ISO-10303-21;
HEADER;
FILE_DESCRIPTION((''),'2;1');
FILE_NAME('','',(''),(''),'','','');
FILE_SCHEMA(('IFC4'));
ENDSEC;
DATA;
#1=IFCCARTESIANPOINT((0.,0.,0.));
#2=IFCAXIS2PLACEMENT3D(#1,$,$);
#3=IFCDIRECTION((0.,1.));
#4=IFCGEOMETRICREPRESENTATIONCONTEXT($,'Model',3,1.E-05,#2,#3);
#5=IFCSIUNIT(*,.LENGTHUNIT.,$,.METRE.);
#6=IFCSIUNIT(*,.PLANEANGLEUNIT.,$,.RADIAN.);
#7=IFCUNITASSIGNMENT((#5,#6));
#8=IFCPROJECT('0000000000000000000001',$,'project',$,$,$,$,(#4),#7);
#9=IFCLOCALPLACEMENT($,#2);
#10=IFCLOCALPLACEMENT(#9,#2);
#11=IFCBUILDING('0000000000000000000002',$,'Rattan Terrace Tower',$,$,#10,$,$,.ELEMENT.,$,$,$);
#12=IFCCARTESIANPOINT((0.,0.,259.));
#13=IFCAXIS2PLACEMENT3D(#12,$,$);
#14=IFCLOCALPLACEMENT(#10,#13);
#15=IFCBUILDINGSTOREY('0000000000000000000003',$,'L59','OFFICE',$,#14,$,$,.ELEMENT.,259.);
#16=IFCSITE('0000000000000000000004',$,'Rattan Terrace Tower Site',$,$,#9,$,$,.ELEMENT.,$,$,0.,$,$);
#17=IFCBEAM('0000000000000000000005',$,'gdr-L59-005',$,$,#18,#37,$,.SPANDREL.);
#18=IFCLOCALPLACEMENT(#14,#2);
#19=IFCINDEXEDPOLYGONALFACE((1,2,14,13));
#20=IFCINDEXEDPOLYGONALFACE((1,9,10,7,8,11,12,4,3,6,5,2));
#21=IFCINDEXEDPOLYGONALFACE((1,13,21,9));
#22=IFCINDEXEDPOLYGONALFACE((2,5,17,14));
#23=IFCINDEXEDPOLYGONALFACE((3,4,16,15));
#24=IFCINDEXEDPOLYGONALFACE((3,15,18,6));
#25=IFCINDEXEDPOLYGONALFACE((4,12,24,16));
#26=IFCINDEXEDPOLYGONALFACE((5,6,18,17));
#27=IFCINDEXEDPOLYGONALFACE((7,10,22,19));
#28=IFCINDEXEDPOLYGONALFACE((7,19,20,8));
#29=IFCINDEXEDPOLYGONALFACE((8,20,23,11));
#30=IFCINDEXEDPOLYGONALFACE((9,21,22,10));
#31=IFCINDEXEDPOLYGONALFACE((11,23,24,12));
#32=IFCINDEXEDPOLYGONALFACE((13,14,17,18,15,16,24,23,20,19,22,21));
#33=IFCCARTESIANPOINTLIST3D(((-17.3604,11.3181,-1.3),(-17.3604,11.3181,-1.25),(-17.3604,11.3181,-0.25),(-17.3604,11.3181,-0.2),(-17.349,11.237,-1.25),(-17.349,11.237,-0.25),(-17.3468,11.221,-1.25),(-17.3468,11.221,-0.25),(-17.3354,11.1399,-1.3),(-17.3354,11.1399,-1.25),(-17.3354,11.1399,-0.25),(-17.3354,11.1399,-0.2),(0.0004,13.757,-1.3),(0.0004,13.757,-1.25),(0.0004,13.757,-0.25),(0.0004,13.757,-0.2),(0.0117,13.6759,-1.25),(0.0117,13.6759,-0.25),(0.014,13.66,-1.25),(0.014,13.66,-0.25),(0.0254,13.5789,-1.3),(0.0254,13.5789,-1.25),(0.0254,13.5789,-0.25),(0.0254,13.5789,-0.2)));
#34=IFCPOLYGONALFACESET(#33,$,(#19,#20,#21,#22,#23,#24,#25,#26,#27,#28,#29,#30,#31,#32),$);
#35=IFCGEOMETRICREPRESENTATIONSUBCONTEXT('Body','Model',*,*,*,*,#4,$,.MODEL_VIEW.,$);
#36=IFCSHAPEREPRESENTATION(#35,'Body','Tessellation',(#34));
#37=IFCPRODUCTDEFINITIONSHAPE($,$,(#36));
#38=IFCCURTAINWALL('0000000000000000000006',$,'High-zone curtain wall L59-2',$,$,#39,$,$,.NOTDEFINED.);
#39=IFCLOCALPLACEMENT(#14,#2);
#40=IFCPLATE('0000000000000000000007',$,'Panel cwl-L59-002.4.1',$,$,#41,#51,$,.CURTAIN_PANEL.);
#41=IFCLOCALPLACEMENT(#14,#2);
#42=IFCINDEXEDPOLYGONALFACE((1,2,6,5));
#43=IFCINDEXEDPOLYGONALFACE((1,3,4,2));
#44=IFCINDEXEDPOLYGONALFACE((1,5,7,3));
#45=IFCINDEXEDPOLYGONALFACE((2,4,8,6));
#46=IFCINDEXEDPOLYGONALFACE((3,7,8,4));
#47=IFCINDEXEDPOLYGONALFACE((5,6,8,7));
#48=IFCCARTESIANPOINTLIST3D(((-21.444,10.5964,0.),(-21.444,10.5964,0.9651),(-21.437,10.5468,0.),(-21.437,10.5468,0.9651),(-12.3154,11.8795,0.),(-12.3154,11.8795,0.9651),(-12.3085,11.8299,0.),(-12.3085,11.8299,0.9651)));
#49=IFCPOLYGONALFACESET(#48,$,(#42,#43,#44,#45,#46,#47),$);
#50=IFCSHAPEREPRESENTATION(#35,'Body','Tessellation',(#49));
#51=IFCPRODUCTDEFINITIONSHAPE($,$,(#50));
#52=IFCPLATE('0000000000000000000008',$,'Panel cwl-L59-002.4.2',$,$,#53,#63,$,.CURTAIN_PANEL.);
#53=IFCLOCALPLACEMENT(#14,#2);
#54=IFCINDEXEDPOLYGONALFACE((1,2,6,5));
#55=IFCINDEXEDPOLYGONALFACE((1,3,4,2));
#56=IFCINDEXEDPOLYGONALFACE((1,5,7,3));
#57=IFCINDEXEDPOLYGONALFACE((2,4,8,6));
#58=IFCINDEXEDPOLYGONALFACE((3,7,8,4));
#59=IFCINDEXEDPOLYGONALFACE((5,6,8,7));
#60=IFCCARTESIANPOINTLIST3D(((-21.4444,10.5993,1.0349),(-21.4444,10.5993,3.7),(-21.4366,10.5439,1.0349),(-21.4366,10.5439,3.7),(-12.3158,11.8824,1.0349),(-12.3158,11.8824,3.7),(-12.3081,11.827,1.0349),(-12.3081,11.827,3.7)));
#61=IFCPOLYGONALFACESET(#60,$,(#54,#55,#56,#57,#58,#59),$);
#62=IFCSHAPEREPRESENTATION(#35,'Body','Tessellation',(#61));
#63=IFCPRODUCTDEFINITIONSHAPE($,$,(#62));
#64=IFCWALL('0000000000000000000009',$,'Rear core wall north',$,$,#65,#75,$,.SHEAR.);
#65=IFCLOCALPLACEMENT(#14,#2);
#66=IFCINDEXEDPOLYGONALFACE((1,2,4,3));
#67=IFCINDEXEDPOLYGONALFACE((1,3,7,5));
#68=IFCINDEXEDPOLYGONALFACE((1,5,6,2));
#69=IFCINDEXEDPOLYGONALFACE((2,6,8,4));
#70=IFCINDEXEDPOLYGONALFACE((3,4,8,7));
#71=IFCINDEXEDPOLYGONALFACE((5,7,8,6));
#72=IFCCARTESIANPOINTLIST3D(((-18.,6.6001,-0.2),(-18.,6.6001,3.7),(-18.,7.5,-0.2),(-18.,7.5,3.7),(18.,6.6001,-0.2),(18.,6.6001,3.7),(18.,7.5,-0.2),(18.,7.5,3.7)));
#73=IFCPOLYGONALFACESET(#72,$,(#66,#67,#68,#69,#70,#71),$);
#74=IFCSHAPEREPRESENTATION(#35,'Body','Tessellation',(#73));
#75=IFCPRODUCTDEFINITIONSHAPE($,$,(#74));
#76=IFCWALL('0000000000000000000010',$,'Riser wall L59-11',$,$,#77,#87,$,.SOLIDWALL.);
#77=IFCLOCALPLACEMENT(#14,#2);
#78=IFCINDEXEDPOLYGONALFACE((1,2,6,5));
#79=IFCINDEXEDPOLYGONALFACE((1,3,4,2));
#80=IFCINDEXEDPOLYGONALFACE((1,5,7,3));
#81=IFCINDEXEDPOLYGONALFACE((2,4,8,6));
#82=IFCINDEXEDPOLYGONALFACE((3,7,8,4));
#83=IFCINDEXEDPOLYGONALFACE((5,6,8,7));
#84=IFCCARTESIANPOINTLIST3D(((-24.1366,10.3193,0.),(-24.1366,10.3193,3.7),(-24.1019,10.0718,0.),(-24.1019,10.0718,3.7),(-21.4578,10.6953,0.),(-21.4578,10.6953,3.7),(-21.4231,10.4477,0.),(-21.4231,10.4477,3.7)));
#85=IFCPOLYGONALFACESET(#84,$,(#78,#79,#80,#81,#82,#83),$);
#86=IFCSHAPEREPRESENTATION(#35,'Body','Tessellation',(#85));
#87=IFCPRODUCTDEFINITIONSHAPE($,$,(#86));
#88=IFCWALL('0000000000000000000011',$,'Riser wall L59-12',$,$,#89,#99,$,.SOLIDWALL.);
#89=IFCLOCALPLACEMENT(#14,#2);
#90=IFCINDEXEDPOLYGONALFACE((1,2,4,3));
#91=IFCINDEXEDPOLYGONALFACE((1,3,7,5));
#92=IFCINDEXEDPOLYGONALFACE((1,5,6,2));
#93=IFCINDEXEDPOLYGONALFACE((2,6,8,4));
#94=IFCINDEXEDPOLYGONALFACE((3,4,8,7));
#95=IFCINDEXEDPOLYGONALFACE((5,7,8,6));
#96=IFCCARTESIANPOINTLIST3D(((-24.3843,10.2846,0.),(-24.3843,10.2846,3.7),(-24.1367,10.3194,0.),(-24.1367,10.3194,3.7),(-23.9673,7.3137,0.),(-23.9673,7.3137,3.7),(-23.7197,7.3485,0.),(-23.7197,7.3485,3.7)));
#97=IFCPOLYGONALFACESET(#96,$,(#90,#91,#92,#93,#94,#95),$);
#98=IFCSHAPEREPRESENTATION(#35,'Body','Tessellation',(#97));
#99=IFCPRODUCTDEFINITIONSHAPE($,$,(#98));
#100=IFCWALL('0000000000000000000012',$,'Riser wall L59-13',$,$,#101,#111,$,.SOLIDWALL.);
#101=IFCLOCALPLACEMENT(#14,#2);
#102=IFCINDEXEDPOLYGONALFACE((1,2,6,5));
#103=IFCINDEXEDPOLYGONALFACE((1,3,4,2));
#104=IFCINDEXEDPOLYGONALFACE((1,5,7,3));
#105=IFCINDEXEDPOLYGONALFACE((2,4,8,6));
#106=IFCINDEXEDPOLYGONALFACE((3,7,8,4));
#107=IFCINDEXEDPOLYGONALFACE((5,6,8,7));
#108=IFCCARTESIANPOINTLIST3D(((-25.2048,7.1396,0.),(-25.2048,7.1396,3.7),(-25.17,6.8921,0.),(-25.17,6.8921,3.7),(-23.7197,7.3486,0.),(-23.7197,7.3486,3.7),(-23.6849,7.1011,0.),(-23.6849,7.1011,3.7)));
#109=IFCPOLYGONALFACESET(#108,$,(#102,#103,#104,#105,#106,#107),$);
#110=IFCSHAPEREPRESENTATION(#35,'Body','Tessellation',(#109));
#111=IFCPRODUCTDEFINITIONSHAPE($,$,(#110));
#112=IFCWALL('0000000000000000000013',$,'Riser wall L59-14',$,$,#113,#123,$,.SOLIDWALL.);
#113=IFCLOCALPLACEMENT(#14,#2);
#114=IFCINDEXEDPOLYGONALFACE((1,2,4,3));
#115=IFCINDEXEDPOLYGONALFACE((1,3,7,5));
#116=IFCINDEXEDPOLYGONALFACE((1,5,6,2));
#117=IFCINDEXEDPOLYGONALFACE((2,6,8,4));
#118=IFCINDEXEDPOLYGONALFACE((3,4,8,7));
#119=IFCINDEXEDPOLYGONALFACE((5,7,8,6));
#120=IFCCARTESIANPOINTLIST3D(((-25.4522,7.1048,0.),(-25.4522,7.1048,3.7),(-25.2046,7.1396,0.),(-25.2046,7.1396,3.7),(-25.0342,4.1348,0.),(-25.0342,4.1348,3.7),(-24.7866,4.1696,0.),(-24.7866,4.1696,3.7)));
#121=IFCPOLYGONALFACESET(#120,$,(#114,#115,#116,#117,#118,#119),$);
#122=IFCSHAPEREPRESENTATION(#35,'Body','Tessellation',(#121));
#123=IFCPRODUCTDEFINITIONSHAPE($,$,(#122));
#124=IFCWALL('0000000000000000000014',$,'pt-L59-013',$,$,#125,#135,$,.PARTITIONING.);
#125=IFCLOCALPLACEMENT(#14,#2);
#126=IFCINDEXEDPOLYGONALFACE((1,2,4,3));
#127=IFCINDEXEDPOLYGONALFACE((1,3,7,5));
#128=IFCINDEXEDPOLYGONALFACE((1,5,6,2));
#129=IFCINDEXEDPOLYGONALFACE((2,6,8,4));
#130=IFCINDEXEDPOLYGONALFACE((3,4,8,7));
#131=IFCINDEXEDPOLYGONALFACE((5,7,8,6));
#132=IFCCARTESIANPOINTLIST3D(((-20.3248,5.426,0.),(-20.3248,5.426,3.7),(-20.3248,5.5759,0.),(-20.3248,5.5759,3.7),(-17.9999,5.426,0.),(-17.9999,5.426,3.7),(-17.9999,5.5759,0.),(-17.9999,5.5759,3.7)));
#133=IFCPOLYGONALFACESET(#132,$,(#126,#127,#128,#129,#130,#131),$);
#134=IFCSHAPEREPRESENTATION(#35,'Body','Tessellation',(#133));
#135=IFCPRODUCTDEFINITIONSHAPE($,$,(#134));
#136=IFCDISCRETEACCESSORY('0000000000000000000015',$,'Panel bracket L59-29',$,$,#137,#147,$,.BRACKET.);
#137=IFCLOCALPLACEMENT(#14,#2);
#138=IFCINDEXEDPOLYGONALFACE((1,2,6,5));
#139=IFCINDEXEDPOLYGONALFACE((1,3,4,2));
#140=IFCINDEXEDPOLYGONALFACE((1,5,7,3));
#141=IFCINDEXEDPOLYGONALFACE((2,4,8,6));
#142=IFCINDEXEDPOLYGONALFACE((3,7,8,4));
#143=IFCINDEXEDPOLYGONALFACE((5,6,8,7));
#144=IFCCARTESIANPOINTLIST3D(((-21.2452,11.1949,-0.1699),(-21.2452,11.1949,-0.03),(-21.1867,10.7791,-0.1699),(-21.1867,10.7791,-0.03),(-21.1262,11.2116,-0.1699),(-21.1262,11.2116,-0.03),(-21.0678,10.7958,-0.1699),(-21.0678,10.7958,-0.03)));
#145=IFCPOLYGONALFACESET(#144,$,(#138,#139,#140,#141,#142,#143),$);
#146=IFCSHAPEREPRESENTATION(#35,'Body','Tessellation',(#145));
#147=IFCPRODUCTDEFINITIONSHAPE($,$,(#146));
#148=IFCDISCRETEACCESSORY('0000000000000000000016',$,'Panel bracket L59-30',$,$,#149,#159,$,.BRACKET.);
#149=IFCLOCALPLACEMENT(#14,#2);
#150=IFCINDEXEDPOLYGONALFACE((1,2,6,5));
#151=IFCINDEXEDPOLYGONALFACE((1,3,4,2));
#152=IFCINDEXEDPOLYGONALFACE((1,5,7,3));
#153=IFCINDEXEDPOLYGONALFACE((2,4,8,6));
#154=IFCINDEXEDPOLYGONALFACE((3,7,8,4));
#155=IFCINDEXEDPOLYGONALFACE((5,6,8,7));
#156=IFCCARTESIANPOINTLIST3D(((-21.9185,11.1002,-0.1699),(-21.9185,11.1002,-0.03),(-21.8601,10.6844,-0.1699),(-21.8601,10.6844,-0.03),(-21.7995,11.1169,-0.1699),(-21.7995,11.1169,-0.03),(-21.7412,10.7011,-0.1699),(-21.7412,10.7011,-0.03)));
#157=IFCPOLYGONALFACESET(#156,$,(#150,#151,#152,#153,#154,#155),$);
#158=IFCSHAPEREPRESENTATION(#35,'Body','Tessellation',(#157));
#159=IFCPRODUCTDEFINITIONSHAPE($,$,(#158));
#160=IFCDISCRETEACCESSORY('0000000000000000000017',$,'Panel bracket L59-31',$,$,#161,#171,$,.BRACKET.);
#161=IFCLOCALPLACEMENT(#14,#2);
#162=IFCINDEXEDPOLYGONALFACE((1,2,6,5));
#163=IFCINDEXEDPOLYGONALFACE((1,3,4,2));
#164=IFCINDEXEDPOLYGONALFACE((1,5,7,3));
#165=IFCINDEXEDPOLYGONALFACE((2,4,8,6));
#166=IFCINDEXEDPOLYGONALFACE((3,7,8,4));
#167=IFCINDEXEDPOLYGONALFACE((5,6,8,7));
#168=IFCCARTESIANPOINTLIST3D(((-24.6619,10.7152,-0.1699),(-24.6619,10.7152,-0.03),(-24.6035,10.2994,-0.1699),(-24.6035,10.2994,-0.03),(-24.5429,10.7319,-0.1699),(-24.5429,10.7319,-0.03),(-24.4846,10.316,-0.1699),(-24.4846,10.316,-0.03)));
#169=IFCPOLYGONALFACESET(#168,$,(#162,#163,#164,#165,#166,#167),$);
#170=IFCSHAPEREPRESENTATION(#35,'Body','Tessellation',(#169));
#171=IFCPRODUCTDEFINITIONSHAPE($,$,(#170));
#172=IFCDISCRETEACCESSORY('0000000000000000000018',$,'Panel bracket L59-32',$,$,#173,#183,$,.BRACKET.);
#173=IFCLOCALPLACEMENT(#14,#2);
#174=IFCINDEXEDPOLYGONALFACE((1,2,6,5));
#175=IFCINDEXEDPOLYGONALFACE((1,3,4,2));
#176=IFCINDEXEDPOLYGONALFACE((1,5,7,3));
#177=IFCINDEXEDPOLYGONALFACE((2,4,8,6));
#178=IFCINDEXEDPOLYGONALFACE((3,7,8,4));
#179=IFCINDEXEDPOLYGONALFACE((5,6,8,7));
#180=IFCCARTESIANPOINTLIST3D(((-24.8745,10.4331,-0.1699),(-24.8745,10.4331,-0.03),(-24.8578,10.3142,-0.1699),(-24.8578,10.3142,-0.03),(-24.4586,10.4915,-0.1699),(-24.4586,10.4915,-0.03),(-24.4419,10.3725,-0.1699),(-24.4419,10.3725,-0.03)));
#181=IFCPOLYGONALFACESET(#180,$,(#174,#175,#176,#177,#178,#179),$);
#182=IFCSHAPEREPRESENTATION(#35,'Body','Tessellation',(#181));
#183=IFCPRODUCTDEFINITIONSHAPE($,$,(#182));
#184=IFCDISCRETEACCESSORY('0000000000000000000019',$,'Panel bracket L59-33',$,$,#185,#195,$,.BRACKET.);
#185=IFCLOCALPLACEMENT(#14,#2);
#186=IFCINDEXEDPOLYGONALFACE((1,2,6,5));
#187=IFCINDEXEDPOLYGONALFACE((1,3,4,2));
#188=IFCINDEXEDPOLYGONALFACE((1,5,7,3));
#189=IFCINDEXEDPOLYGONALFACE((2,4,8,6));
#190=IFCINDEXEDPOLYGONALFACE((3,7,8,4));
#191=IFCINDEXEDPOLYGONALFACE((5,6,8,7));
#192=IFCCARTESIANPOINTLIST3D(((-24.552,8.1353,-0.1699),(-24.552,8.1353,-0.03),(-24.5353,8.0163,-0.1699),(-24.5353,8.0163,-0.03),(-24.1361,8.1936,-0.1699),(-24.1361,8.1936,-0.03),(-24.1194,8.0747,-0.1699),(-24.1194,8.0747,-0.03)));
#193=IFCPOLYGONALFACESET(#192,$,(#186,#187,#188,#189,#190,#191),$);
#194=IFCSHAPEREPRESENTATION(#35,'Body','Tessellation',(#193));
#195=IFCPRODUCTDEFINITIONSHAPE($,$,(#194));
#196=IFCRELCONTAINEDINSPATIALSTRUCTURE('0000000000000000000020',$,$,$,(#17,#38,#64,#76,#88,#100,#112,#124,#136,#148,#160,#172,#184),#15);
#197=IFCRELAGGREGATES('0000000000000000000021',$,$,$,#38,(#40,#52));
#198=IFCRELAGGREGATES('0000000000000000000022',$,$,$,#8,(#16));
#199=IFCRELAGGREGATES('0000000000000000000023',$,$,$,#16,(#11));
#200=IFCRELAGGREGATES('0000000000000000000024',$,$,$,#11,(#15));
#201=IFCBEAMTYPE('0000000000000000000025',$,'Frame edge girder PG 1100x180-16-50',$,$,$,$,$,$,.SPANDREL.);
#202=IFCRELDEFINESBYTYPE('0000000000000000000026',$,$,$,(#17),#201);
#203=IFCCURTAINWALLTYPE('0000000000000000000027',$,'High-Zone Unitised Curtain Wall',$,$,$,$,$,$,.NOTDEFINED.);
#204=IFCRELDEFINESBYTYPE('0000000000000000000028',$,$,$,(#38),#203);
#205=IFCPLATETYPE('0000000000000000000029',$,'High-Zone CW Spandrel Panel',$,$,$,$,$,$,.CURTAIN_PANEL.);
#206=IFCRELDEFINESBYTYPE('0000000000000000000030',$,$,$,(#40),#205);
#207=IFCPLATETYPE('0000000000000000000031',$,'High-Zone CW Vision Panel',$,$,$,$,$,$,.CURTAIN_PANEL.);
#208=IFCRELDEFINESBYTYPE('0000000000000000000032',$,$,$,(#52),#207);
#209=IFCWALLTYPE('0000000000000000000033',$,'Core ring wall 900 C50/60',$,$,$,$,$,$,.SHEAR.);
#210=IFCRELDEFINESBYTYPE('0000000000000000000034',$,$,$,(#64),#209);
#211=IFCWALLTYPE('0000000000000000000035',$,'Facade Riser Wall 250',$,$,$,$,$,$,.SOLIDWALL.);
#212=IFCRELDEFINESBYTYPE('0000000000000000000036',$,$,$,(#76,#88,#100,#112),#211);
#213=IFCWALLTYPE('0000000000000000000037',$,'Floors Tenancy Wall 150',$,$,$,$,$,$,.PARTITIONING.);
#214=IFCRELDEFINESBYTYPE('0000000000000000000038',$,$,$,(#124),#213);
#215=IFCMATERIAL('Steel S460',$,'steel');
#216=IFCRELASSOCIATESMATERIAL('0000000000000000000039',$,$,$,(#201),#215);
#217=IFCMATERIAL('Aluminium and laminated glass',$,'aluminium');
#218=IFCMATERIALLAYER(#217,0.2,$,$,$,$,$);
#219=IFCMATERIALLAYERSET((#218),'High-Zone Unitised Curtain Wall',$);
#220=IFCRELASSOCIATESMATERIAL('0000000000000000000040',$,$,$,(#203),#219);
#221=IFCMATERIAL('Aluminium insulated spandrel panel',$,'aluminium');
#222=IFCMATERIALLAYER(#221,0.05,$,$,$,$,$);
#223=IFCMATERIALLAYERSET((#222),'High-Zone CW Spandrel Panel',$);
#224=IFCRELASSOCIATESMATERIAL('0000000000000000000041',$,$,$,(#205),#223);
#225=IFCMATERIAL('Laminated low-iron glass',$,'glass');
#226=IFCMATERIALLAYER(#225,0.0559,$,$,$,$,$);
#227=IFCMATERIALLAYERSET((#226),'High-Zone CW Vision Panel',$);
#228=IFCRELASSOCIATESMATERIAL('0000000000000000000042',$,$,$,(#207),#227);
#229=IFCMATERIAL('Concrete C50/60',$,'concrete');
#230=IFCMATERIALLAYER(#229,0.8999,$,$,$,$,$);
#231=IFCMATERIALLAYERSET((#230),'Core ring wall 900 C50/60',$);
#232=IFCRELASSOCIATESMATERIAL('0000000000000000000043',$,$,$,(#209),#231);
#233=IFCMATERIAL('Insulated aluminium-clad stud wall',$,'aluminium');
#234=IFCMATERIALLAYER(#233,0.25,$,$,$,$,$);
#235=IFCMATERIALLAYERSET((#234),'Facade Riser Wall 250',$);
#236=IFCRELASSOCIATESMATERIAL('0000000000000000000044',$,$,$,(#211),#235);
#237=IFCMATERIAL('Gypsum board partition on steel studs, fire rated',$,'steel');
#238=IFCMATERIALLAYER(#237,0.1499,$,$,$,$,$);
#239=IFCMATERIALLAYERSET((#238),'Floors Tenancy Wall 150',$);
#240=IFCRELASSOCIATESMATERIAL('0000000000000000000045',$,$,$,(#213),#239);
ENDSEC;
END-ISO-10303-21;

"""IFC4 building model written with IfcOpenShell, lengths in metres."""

from ifc_helpers import new_model, si_unit, direction, frame, frame_2d, origin, origin_2d, place, context, subcontext, project, spatial, rectangle, i_section, extrude, material, layer, layer_set, material_profile, profile_set, type_object, element, aggregate, save


model = new_model("IFC4")

# Units and contexts
model_context = context("Model", 3, precision=1e-05, world=origin(), true_north=direction((0.0, 1.0)))
body_context = subcontext(model_context, "Body", "Model", "MODEL_VIEW")
ifc_project = project(units=[si_unit("LENGTHUNIT", "METRE"), si_unit("PLANEANGLEUNIT", "RADIAN")], contexts=[model_context])

# Site, building, storey
site_placement = place(None, origin())
site = spatial("IfcSite", under=ifc_project, at=site_placement, Name="Rattan Terrace Tower Site", CompositionType="ELEMENT", RefElevation=0.0)
building_placement = place(site_placement, origin())
building = spatial("IfcBuilding", under=site, at=building_placement, Name="Rattan Terrace Tower", CompositionType="ELEMENT")
storey_placement = place(building_placement, frame((0.0, 0.0, 259.0)))
storey = spatial("IfcBuildingStorey", under=building, at=storey_placement, Name="L59", Description="OFFICE", CompositionType="ELEMENT", Elevation=259.0)

# Beam
ifc_material_1 = material(Name="Steel S460", Category="steel")
ifc_material_profile = material_profile(ifc_material_1, i_section(OverallWidth=0.1799, OverallDepth=1.1001, WebThickness=0.0161, FlangeThickness=0.05, at=origin_2d()), Name="PG 1100x180-16-50")
ifc_profile_set = profile_set([ifc_material_profile], Name="Steel S460")
beam_type = type_object("IfcBeamType", Name="Frame edge girder PG 1100x180-16-50", PredefinedType="SPANDREL", material=ifc_profile_set)
beam_placement = place(storey_placement, frame((-17.3479, 11.229, -0.75), z_axis=(0.990275, 0.13912, 0.0), x_axis=(-0.13912, 0.990275, 0.0)))
element("IfcBeam", 1, at=beam_placement, inside=storey, type_object=beam_type, Name="gdr-L59-005", PredefinedType="SPANDREL", context=body_context, shape_type="SweptSolid", body=[
    extrude(i_section(OverallWidth=0.1799, OverallDepth=1.1001, WebThickness=0.0161, FlangeThickness=0.05, at=origin_2d()), origin(), (0.0, 0.0, 1.0), 17.5312),
])

# Curtain wall, plates
ifc_material_2 = material(Name="Aluminium and laminated glass", Category="aluminium")
ifc_layer_1 = layer(ifc_material_2, 0.2)
ifc_layer_set_1 = layer_set([ifc_layer_1], Name="High-Zone Unitised Curtain Wall")
curtain_wall_type = type_object("IfcCurtainWallType", Name="High-Zone Unitised Curtain Wall", PredefinedType="NOTDEFINED", material=ifc_layer_set_1)
curtain_wall_placement = place(storey_placement, origin())
curtain_wall = element("IfcCurtainWall", 2, at=curtain_wall_placement, inside=storey, type_object=curtain_wall_type, Name="High-zone curtain wall L59-2", PredefinedType="NOTDEFINED")
ifc_material_3 = material(Name="Aluminium insulated spandrel panel", Category="aluminium")
ifc_layer_2 = layer(ifc_material_3, 0.05)
ifc_layer_set_2 = layer_set([ifc_layer_2], Name="High-Zone CW Spandrel Panel")
plate_type_1 = type_object("IfcPlateType", Name="High-Zone CW Spandrel Panel", PredefinedType="CURTAIN_PANEL", material=ifc_layer_set_2)
plate_1_placement = place(storey_placement, frame((-16.8762, 11.2131, 0.0), z_axis=(0.0, 0.0, 1.0), x_axis=(-0.990266, -0.139189, 0.0)))
plate_1 = element("IfcPlate", 3, at=plate_1_placement, type_object=plate_type_1, Name="Panel cwl-L59-002.4.1", PredefinedType="CURTAIN_PANEL", context=body_context, shape_type="SweptSolid", body=[
    extrude(rectangle(XDim=9.2183, YDim=0.05, at=origin_2d()), origin(), (0.0, 0.0, 1.0), 0.9651),
])
ifc_material_4 = material(Name="Laminated low-iron glass", Category="glass")
ifc_layer_3 = layer(ifc_material_4, 0.0559)
ifc_layer_set_3 = layer_set([ifc_layer_3], Name="High-Zone CW Vision Panel")
plate_type_2 = type_object("IfcPlateType", Name="High-Zone CW Vision Panel", PredefinedType="CURTAIN_PANEL", material=ifc_layer_set_3)
plate_2_placement = place(storey_placement, frame((-16.8762, 11.2131, 1.0349), z_axis=(0.0, 0.0, 1.0), x_axis=(-0.990266, -0.139189, 0.0)))
plate_2 = element("IfcPlate", 4, at=plate_2_placement, type_object=plate_type_2, Name="Panel cwl-L59-002.4.2", PredefinedType="CURTAIN_PANEL", context=body_context, shape_type="SweptSolid", body=[
    extrude(rectangle(XDim=9.2183, YDim=0.0559, at=origin_2d()), origin(), (0.0, 0.0, 1.0), 2.665),
])
aggregate(curtain_wall, [plate_1, plate_2])

# Walls
ifc_material_5 = material(Name="Concrete C50/60", Category="concrete")
ifc_layer_4 = layer(ifc_material_5, 0.8999)
ifc_layer_set_4 = layer_set([ifc_layer_4], Name="Core ring wall 900 C50/60")
wall_type_1 = type_object("IfcWallType", Name="Core ring wall 900 C50/60", PredefinedType="SHEAR", material=ifc_layer_set_4)
wall_1_placement = place(storey_placement, frame((-18.0, 7.05, -0.2), z_axis=(0.0, 0.0, 1.0), x_axis=(1.0, 0.0, 0.0)))
element("IfcWall", 5, at=wall_1_placement, inside=storey, type_object=wall_type_1, Name="Rear core wall north", PredefinedType="SHEAR", context=body_context, shape_type="SweptSolid", body=[
    extrude(rectangle(XDim=36.0, YDim=0.8999, at=frame_2d((18.0, 0.0))), origin(), (0.0, 0.0, 1.0), 3.8999),
])
ifc_material_6 = material(Name="Insulated aluminium-clad stud wall", Category="aluminium")
ifc_layer_5 = layer(ifc_material_6, 0.25)
ifc_layer_set_5 = layer_set([ifc_layer_5], Name="Facade Riser Wall 250")
wall_type_2 = type_object("IfcWallType", Name="Facade Riser Wall 250", PredefinedType="SOLIDWALL", material=ifc_layer_set_5)
wall_2_placement = place(storey_placement, frame((-21.4404, 10.5715, 0.0), z_axis=(0.0, 0.0, 1.0), x_axis=(-0.990293, -0.138995, 0.0)))
element("IfcWall", 6, at=wall_2_placement, inside=storey, type_object=wall_type_2, Name="Riser wall L59-11", PredefinedType="SOLIDWALL", context=body_context, shape_type="SweptSolid", body=[
    extrude(rectangle(XDim=2.7051, YDim=0.25, at=frame_2d((1.3525, 0.0))), origin(), (0.0, 0.0, 1.0), 3.7),
])
wall_3_placement = place(storey_placement, frame((-24.2605, 10.302, 0.0), z_axis=(0.0, 0.0, 1.0), x_axis=(0.138994, -0.990293, 0.0)))
element("IfcWall", 7, at=wall_3_placement, inside=storey, type_object=wall_type_2, Name="Riser wall L59-12", PredefinedType="SOLIDWALL", context=body_context, shape_type="SweptSolid", body=[
    extrude(rectangle(XDim=3.0, YDim=0.25, at=frame_2d((1.5, 0.0))), origin(), (0.0, 0.0, 1.0), 3.7),
])
wall_4_placement = place(storey_placement, frame((-23.7021, 7.2249, 0.0), z_axis=(0.0, 0.0, 1.0), x_axis=(-0.990244, -0.139347, 0.0)))
element("IfcWall", 8, at=wall_4_placement, inside=storey, type_object=wall_type_2, Name="Riser wall L59-13", PredefinedType="SOLIDWALL", context=body_context, shape_type="SweptSolid", body=[
    extrude(rectangle(XDim=1.4998, YDim=0.25, at=frame_2d((0.75, 0.0))), origin(), (0.0, 0.0, 1.0), 3.7),
])
wall_5_placement = place(storey_placement, frame((-25.3284, 7.1221, 0.0), z_axis=(0.0, 0.0, 1.0), x_axis=(0.139358, -0.990242, 0.0)))
element("IfcWall", 9, at=wall_5_placement, inside=storey, type_object=wall_type_2, Name="Riser wall L59-14", PredefinedType="SOLIDWALL", context=body_context, shape_type="SweptSolid", body=[
    extrude(rectangle(XDim=2.9993, YDim=0.25, at=frame_2d((1.4995, 0.0))), origin(), (0.0, 0.0, 1.0), 3.7),
])
ifc_material_7 = material(Name="Gypsum board partition on steel studs, fire rated", Category="steel")
ifc_layer_6 = layer(ifc_material_7, 0.1499)
ifc_layer_set_6 = layer_set([ifc_layer_6], Name="Floors Tenancy Wall 150")
wall_type_3 = type_object("IfcWallType", Name="Floors Tenancy Wall 150", PredefinedType="PARTITIONING", material=ifc_layer_set_6)
wall_6_placement = place(storey_placement, frame((-20.325, 5.501, 0.0), z_axis=(0.0, 0.0, 1.0), x_axis=(1.0, 0.0, 0.0)))
element("IfcWall", 10, at=wall_6_placement, inside=storey, type_object=wall_type_3, Name="pt-L59-013", PredefinedType="PARTITIONING", context=body_context, shape_type="SweptSolid", body=[
    extrude(rectangle(XDim=2.325, YDim=0.1499, at=frame_2d((1.1626, 0.0))), origin(), (0.0, 0.0, 1.0), 3.7),
])

# Discrete accessories
for number, where, z_axis, x_axis, name in (
    (11, (-21.1565, 10.9954, -0.1699), (0.0, 0.0, 1.0), (-0.990266, -0.139189, 0.0), "Panel bracket L59-29"),
    (12, (-21.8298, 10.9006, -0.1699), (0.0, 0.0, 1.0), (-0.990293, -0.138994, 0.0), "Panel bracket L59-30"),
    (13, (-24.5732, 10.5156, -0.1699), (0.0, 0.0, 1.0), (-0.990293, -0.138994, 0.0), "Panel bracket L59-31"),
    (14, (-24.6582, 10.4028, -0.1699), (0.0, 0.0, 1.0), (0.138994, -0.990293, 0.0), "Panel bracket L59-32"),
    (15, (-24.3357, 8.105, -0.1699), (0.0, 0.0, 1.0), (0.138994, -0.990293, 0.0), "Panel bracket L59-33"),
):
    element("IfcDiscreteAccessory", number, at=place(storey_placement, frame(where, z_axis=z_axis, x_axis=x_axis)), inside=storey, Name=name, PredefinedType="BRACKET", context=body_context, shape_type="SweptSolid", body=[
        extrude(rectangle(XDim=0.1201, YDim=0.4199, at=origin_2d()), origin(), (0.0, 0.0, 1.0), 0.1399),
    ])

save(model, "model.ifc")
